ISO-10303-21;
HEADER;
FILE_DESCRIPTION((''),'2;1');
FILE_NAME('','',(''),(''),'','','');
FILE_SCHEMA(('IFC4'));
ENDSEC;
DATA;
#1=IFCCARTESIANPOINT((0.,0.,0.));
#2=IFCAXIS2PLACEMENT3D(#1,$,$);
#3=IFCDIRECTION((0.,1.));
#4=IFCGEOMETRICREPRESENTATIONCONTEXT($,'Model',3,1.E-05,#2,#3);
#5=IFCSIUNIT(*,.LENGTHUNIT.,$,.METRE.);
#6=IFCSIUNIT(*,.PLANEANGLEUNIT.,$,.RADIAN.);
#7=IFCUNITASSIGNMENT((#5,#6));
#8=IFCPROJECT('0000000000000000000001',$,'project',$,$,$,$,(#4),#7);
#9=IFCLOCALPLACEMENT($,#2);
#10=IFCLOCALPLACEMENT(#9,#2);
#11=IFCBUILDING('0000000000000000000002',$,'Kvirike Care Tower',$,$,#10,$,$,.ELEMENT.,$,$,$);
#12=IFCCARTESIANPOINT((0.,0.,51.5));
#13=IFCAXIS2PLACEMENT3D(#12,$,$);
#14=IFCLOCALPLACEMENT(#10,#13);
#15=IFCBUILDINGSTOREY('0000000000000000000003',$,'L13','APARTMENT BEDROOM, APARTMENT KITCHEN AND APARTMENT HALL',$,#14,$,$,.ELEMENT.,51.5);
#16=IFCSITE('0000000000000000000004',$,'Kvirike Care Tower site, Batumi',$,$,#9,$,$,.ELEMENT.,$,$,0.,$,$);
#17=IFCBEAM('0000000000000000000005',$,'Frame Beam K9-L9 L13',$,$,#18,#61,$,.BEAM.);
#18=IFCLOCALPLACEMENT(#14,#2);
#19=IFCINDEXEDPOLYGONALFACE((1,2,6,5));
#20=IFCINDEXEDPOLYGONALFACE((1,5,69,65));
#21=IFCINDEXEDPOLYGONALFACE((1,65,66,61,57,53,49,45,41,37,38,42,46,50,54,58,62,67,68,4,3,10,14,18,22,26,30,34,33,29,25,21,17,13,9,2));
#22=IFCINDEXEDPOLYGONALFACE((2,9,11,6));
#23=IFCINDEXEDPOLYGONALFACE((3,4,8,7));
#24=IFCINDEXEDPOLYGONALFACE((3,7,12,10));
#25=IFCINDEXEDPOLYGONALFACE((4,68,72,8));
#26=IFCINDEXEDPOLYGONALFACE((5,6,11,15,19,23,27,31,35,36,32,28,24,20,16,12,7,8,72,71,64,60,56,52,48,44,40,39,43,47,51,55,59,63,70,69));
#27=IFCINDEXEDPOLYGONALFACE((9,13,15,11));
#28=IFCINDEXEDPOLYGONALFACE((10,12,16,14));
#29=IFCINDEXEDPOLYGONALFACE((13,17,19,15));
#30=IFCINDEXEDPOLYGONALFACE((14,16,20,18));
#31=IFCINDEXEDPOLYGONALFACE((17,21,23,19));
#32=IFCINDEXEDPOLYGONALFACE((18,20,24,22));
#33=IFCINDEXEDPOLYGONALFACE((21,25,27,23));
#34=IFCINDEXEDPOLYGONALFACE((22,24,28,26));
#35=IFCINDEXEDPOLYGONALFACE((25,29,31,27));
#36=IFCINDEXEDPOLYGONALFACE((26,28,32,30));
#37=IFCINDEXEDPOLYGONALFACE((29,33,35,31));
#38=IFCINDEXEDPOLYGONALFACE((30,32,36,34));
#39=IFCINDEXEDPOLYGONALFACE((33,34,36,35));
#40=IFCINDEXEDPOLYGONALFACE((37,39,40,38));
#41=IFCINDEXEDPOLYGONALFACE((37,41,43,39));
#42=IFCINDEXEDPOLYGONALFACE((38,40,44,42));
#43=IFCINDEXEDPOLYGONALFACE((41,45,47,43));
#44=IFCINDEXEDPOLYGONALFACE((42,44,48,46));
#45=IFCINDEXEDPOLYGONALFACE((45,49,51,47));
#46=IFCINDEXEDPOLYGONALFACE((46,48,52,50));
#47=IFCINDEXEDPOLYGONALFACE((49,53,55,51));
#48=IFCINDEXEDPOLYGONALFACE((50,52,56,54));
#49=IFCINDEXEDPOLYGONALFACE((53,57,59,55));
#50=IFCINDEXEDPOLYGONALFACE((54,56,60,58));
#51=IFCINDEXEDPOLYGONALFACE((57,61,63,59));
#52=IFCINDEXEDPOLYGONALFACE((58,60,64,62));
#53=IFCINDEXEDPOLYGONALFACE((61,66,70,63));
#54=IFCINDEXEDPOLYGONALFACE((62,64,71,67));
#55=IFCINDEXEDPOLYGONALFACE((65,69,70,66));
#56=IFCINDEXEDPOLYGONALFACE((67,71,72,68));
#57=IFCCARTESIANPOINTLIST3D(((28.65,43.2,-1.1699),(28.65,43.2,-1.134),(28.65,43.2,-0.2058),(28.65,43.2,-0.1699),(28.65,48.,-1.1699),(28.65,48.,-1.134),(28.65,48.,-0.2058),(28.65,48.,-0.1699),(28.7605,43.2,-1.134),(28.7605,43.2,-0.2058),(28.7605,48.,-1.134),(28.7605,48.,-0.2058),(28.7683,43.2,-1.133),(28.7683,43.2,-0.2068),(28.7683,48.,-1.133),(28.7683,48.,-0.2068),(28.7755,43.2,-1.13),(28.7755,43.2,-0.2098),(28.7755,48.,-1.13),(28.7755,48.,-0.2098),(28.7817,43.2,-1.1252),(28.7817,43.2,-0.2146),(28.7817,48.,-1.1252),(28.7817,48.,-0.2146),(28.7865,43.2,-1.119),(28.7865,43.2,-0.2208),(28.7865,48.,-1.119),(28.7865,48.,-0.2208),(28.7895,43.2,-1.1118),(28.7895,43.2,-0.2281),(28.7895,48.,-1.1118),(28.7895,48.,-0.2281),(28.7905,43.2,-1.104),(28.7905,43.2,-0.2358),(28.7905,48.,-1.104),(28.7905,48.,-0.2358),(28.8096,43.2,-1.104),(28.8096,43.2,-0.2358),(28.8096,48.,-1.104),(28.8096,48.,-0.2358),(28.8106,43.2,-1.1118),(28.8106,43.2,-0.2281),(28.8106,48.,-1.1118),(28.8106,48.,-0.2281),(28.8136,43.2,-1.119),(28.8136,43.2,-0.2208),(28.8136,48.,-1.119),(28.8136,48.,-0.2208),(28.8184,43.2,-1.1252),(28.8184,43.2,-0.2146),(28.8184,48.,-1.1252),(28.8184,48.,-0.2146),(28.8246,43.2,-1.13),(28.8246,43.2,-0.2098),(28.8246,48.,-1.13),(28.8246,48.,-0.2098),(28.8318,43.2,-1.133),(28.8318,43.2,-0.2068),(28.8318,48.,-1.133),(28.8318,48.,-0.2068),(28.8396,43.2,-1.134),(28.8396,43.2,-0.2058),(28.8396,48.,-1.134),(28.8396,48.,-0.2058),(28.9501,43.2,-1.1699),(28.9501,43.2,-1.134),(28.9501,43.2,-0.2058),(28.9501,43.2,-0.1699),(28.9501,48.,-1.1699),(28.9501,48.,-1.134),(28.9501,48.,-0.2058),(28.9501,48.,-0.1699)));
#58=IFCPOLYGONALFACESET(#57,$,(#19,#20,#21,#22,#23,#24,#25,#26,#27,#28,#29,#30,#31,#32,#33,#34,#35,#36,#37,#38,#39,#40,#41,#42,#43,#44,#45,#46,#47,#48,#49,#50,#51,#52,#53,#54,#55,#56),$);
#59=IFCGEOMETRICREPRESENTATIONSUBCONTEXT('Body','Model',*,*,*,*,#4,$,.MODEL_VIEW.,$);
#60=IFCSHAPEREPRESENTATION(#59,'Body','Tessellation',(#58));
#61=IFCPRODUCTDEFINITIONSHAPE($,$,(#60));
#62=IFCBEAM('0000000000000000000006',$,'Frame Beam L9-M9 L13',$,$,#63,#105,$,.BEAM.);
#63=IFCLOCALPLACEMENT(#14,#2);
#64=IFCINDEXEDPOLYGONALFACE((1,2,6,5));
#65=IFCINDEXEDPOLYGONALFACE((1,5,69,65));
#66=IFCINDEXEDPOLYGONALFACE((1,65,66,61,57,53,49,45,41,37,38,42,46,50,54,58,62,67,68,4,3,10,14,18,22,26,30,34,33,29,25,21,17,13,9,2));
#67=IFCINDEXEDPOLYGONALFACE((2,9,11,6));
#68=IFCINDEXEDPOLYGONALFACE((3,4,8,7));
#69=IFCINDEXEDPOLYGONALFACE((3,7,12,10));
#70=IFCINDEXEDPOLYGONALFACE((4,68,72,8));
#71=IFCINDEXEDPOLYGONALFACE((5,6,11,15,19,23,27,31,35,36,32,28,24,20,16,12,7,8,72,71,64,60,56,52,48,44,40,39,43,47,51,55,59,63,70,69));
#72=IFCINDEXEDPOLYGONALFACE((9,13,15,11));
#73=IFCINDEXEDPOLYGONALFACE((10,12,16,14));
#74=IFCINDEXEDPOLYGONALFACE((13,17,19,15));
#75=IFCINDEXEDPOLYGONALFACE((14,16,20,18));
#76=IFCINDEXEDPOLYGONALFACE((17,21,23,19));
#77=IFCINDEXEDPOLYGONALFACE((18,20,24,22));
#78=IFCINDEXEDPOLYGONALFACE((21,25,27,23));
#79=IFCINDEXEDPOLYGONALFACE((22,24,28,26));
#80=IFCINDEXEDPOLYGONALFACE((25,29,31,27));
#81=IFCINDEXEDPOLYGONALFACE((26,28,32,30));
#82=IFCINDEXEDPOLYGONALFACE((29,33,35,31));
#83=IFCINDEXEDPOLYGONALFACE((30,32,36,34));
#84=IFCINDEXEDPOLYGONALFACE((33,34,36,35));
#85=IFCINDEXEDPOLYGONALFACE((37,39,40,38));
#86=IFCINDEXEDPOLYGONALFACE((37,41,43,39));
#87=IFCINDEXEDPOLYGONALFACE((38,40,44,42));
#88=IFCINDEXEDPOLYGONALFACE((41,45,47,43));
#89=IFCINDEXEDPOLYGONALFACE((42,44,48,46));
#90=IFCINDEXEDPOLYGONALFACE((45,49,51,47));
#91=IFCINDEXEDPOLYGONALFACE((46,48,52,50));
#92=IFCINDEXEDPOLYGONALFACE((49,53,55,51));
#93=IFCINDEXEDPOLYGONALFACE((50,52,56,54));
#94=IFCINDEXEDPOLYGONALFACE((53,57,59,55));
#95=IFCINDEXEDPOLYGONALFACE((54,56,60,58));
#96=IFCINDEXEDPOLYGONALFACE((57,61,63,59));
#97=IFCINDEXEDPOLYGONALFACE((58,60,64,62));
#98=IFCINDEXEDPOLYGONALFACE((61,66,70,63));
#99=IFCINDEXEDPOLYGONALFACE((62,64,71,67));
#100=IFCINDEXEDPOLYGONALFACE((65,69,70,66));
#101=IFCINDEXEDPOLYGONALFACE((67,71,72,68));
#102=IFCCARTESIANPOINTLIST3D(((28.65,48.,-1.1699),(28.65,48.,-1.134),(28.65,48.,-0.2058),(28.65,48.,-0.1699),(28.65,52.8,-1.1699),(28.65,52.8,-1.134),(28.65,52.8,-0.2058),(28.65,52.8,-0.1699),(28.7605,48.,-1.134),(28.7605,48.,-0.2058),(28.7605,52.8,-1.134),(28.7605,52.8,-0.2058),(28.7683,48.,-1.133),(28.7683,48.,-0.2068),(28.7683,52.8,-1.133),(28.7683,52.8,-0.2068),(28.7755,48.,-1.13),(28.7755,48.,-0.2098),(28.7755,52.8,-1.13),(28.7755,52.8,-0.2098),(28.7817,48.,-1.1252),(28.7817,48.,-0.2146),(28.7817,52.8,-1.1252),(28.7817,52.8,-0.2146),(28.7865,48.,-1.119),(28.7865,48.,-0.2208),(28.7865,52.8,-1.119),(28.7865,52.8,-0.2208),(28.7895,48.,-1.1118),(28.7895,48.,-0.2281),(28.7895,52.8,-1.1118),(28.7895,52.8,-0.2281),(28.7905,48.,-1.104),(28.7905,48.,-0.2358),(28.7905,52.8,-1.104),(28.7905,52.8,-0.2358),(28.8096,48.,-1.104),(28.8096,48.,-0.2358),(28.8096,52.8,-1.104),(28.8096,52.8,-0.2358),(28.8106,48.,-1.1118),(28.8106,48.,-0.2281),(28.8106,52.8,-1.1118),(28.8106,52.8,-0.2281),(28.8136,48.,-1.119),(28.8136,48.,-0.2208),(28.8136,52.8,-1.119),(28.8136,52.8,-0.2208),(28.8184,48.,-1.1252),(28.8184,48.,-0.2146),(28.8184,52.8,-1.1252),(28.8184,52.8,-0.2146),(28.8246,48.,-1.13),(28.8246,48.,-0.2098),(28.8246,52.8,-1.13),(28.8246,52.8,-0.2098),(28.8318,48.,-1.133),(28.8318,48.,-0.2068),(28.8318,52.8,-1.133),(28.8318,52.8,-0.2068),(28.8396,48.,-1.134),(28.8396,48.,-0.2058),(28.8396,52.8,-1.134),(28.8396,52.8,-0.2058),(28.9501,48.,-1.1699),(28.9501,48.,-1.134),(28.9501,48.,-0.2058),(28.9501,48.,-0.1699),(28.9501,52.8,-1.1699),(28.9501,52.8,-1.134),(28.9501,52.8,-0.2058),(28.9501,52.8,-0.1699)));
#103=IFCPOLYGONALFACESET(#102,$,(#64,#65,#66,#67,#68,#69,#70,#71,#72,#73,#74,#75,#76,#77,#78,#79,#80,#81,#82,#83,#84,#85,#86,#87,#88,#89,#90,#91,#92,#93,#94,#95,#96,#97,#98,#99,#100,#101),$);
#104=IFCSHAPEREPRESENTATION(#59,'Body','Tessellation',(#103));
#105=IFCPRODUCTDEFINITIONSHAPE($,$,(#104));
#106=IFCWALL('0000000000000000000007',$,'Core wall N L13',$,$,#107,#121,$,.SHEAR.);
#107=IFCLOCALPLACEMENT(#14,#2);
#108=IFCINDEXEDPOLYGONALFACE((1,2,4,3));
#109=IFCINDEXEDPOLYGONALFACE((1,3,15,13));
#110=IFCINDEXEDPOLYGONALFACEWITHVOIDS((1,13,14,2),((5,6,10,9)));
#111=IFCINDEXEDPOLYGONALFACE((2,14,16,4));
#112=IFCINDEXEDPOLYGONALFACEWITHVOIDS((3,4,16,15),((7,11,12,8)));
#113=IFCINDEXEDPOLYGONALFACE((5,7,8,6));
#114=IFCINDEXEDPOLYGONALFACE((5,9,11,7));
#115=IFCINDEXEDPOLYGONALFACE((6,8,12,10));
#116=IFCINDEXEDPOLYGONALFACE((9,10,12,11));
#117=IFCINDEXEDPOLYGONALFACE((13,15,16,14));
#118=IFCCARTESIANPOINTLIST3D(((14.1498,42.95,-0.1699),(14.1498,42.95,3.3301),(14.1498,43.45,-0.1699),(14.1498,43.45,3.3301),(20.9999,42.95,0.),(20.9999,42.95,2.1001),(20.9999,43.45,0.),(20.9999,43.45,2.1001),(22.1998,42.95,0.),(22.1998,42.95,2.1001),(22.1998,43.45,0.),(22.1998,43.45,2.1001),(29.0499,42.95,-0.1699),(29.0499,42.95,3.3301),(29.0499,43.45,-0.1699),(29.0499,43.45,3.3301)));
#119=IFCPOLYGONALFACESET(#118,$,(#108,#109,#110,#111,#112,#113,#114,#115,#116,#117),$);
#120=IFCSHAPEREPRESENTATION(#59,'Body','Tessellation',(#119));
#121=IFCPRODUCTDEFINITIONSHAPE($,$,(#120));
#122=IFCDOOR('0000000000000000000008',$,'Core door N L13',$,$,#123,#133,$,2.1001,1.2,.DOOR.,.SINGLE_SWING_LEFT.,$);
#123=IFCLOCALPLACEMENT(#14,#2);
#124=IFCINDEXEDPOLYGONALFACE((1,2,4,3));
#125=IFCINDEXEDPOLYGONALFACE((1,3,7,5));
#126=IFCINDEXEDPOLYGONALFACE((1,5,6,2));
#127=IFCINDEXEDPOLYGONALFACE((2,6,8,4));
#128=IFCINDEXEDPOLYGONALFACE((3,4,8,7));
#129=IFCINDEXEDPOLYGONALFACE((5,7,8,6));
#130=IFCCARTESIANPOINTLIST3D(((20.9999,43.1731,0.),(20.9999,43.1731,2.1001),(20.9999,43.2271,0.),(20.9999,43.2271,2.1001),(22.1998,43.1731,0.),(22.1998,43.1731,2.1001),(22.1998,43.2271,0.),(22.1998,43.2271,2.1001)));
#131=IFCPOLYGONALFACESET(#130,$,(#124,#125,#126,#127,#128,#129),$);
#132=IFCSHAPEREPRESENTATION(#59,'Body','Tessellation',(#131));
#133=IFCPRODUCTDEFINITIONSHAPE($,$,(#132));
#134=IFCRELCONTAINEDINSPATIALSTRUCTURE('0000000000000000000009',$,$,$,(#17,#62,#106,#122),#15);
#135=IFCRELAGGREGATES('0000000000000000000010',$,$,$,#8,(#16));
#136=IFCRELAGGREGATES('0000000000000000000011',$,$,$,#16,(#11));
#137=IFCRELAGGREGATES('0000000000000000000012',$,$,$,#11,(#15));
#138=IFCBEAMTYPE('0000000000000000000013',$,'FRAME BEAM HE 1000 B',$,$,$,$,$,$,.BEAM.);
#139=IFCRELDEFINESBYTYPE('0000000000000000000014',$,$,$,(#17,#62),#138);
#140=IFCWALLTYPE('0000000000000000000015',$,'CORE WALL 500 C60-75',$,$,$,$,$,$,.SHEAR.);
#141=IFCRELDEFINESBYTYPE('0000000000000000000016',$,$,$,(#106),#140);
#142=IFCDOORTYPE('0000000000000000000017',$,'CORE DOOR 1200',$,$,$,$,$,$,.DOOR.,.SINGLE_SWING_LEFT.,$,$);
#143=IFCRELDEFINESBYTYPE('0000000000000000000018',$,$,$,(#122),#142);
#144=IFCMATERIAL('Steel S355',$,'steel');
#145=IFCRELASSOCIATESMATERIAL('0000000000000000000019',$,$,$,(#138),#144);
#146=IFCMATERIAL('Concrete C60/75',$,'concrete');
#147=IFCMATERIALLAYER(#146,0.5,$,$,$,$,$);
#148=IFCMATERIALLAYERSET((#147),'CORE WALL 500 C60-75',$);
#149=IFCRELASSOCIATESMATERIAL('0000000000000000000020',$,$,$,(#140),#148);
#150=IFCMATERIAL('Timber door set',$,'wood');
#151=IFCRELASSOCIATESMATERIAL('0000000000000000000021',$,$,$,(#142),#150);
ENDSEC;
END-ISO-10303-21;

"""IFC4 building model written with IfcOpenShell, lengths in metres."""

from ifc_helpers import new_model, si_unit, direction, frame, frame_2d, origin, origin_2d, place, context, subcontext, project, spatial, rectangle, i_section, extrude, material, layer, layer_set, material_profile, profile_set, type_object, element, fill, save


model = new_model("IFC4")

# Units and contexts
model_context = context("Model", 3, precision=1e-05, world=origin(), true_north=direction((0.0, 1.0)))
body_context = subcontext(model_context, "Body", "Model", "MODEL_VIEW")
ifc_project = project(units=[si_unit("LENGTHUNIT", "METRE"), si_unit("PLANEANGLEUNIT", "RADIAN")], contexts=[model_context])

# Site, building, storey
site_placement = place(None, origin())
site = spatial("IfcSite", under=ifc_project, at=site_placement, Name="Kvirike Care Tower site, Batumi", CompositionType="ELEMENT", RefElevation=0.0)
building_placement = place(site_placement, origin())
building = spatial("IfcBuilding", under=site, at=building_placement, Name="Kvirike Care Tower", CompositionType="ELEMENT")
storey_placement = place(building_placement, frame((0.0, 0.0, 51.5)))
storey = spatial("IfcBuildingStorey", under=building, at=storey_placement, Name="L13", Description="APARTMENT BEDROOM, APARTMENT KITCHEN AND APARTMENT HALL", CompositionType="ELEMENT", Elevation=51.5)

# Beams
ifc_material_1 = material(Name="Steel S355", Category="steel")
ifc_material_profile_1 = material_profile(ifc_material_1, i_section(OverallWidth=0.3, OverallDepth=1.0, WebThickness=0.019, FlangeThickness=0.0359, FilletRadius=0.03, at=origin_2d()), Name="HE 1000 B")
ifc_profile_set_1 = profile_set([ifc_material_profile_1], Name="Steel S355")
beam_type_1 = type_object("IfcBeamType", Name="FRAME BEAM HE 1000 B", PredefinedType="BEAM", material=ifc_profile_set_1)
for number, where, z_axis, x_axis, name in (
    (1, (28.8, 43.2, -0.6699), (0.0, 1.0, 0.0), (-1.0, 0.0, 0.0), "Frame Beam K9-L9 L13"),
    (2, (28.8, 48.0, -0.6699), (0.0, 1.0, 0.0), (-1.0, 0.0, 0.0), "Frame Beam L9-M9 L13"),
):
    element("IfcBeam", number, at=place(storey_placement, frame(where, z_axis=z_axis, x_axis=x_axis)), inside=storey, type_object=beam_type_1, Name=name, PredefinedType="BEAM", context=body_context, shape_type="SweptSolid", body=[
        extrude(i_section(OverallWidth=0.3, OverallDepth=1.0, WebThickness=0.019, FlangeThickness=0.0359, FilletRadius=0.03, at=origin_2d()), origin(), (0.0, 0.0, 1.0), 4.8),
    ])

# Wall, opening, door
ifc_material_2 = material(Name="Concrete C60/75", Category="concrete")
ifc_layer_1 = layer(ifc_material_2, 0.5)
ifc_layer_set_1 = layer_set([ifc_layer_1], Name="CORE WALL 500 C60-75")
wall_type_1 = type_object("IfcWallType", Name="CORE WALL 500 C60-75", PredefinedType="SHEAR", material=ifc_layer_set_1)
wall_1_placement = place(storey_placement, frame((29.05, 43.2, -0.1699), z_axis=(0.0, 0.0, 1.0), x_axis=(-1.0, 0.0, 0.0)))
wall_1 = element("IfcWall", 3, at=wall_1_placement, inside=storey, type_object=wall_type_1, Name="Core wall N L13", PredefinedType="SHEAR", context=body_context, shape_type="SweptSolid", body=[
    extrude(rectangle(XDim=14.9001, YDim=0.5, at=frame_2d((7.4502, 0.0))), origin(), (0.0, 0.0, 1.0), 3.5),
])
opening_1_placement = place(wall_1_placement, frame((6.8501, 0.0, 0.1699)))
opening_1 = element("IfcOpeningElement", 4, at=opening_1_placement, cuts=wall_1, PredefinedType="OPENING", context=body_context, shape_type="SweptSolid", body=[
    extrude(rectangle(XDim=1.2, YDim=2.1001, at=frame_2d((0.6001, 1.05))), frame((0.0, 0.2605, 0.0), z_axis=(0.0, -1.0, 0.0), x_axis=(1.0, 0.0, 0.0)), (0.0, 0.0, 1.0), 0.521),
])
ifc_material_3 = material(Name="Timber door set", Category="wood")
door_type_1 = type_object("IfcDoorType", Name="CORE DOOR 1200", OperationType="SINGLE_SWING_LEFT", PredefinedType="DOOR", material=ifc_material_3)
door_1_placement = place(opening_1_placement, origin())
door_1 = element("IfcDoor", 5, at=door_1_placement, inside=storey, type_object=door_type_1, Name="Core door N L13", OperationType="SINGLE_SWING_LEFT", OverallHeight=2.1001, OverallWidth=1.2, PredefinedType="DOOR", context=body_context, shape_type="SweptSolid", body=[
    extrude(rectangle(XDim=1.2, YDim=2.1001, at=frame_2d((0.6001, 1.05))), frame((0.0, 0.0269, 0.0), z_axis=(0.0, -1.0, 0.0), x_axis=(1.0, 0.0, 0.0)), (0.0, 0.0, 1.0), 0.054),
])
fill(opening_1, door_1)

save(model, "model.ifc")
